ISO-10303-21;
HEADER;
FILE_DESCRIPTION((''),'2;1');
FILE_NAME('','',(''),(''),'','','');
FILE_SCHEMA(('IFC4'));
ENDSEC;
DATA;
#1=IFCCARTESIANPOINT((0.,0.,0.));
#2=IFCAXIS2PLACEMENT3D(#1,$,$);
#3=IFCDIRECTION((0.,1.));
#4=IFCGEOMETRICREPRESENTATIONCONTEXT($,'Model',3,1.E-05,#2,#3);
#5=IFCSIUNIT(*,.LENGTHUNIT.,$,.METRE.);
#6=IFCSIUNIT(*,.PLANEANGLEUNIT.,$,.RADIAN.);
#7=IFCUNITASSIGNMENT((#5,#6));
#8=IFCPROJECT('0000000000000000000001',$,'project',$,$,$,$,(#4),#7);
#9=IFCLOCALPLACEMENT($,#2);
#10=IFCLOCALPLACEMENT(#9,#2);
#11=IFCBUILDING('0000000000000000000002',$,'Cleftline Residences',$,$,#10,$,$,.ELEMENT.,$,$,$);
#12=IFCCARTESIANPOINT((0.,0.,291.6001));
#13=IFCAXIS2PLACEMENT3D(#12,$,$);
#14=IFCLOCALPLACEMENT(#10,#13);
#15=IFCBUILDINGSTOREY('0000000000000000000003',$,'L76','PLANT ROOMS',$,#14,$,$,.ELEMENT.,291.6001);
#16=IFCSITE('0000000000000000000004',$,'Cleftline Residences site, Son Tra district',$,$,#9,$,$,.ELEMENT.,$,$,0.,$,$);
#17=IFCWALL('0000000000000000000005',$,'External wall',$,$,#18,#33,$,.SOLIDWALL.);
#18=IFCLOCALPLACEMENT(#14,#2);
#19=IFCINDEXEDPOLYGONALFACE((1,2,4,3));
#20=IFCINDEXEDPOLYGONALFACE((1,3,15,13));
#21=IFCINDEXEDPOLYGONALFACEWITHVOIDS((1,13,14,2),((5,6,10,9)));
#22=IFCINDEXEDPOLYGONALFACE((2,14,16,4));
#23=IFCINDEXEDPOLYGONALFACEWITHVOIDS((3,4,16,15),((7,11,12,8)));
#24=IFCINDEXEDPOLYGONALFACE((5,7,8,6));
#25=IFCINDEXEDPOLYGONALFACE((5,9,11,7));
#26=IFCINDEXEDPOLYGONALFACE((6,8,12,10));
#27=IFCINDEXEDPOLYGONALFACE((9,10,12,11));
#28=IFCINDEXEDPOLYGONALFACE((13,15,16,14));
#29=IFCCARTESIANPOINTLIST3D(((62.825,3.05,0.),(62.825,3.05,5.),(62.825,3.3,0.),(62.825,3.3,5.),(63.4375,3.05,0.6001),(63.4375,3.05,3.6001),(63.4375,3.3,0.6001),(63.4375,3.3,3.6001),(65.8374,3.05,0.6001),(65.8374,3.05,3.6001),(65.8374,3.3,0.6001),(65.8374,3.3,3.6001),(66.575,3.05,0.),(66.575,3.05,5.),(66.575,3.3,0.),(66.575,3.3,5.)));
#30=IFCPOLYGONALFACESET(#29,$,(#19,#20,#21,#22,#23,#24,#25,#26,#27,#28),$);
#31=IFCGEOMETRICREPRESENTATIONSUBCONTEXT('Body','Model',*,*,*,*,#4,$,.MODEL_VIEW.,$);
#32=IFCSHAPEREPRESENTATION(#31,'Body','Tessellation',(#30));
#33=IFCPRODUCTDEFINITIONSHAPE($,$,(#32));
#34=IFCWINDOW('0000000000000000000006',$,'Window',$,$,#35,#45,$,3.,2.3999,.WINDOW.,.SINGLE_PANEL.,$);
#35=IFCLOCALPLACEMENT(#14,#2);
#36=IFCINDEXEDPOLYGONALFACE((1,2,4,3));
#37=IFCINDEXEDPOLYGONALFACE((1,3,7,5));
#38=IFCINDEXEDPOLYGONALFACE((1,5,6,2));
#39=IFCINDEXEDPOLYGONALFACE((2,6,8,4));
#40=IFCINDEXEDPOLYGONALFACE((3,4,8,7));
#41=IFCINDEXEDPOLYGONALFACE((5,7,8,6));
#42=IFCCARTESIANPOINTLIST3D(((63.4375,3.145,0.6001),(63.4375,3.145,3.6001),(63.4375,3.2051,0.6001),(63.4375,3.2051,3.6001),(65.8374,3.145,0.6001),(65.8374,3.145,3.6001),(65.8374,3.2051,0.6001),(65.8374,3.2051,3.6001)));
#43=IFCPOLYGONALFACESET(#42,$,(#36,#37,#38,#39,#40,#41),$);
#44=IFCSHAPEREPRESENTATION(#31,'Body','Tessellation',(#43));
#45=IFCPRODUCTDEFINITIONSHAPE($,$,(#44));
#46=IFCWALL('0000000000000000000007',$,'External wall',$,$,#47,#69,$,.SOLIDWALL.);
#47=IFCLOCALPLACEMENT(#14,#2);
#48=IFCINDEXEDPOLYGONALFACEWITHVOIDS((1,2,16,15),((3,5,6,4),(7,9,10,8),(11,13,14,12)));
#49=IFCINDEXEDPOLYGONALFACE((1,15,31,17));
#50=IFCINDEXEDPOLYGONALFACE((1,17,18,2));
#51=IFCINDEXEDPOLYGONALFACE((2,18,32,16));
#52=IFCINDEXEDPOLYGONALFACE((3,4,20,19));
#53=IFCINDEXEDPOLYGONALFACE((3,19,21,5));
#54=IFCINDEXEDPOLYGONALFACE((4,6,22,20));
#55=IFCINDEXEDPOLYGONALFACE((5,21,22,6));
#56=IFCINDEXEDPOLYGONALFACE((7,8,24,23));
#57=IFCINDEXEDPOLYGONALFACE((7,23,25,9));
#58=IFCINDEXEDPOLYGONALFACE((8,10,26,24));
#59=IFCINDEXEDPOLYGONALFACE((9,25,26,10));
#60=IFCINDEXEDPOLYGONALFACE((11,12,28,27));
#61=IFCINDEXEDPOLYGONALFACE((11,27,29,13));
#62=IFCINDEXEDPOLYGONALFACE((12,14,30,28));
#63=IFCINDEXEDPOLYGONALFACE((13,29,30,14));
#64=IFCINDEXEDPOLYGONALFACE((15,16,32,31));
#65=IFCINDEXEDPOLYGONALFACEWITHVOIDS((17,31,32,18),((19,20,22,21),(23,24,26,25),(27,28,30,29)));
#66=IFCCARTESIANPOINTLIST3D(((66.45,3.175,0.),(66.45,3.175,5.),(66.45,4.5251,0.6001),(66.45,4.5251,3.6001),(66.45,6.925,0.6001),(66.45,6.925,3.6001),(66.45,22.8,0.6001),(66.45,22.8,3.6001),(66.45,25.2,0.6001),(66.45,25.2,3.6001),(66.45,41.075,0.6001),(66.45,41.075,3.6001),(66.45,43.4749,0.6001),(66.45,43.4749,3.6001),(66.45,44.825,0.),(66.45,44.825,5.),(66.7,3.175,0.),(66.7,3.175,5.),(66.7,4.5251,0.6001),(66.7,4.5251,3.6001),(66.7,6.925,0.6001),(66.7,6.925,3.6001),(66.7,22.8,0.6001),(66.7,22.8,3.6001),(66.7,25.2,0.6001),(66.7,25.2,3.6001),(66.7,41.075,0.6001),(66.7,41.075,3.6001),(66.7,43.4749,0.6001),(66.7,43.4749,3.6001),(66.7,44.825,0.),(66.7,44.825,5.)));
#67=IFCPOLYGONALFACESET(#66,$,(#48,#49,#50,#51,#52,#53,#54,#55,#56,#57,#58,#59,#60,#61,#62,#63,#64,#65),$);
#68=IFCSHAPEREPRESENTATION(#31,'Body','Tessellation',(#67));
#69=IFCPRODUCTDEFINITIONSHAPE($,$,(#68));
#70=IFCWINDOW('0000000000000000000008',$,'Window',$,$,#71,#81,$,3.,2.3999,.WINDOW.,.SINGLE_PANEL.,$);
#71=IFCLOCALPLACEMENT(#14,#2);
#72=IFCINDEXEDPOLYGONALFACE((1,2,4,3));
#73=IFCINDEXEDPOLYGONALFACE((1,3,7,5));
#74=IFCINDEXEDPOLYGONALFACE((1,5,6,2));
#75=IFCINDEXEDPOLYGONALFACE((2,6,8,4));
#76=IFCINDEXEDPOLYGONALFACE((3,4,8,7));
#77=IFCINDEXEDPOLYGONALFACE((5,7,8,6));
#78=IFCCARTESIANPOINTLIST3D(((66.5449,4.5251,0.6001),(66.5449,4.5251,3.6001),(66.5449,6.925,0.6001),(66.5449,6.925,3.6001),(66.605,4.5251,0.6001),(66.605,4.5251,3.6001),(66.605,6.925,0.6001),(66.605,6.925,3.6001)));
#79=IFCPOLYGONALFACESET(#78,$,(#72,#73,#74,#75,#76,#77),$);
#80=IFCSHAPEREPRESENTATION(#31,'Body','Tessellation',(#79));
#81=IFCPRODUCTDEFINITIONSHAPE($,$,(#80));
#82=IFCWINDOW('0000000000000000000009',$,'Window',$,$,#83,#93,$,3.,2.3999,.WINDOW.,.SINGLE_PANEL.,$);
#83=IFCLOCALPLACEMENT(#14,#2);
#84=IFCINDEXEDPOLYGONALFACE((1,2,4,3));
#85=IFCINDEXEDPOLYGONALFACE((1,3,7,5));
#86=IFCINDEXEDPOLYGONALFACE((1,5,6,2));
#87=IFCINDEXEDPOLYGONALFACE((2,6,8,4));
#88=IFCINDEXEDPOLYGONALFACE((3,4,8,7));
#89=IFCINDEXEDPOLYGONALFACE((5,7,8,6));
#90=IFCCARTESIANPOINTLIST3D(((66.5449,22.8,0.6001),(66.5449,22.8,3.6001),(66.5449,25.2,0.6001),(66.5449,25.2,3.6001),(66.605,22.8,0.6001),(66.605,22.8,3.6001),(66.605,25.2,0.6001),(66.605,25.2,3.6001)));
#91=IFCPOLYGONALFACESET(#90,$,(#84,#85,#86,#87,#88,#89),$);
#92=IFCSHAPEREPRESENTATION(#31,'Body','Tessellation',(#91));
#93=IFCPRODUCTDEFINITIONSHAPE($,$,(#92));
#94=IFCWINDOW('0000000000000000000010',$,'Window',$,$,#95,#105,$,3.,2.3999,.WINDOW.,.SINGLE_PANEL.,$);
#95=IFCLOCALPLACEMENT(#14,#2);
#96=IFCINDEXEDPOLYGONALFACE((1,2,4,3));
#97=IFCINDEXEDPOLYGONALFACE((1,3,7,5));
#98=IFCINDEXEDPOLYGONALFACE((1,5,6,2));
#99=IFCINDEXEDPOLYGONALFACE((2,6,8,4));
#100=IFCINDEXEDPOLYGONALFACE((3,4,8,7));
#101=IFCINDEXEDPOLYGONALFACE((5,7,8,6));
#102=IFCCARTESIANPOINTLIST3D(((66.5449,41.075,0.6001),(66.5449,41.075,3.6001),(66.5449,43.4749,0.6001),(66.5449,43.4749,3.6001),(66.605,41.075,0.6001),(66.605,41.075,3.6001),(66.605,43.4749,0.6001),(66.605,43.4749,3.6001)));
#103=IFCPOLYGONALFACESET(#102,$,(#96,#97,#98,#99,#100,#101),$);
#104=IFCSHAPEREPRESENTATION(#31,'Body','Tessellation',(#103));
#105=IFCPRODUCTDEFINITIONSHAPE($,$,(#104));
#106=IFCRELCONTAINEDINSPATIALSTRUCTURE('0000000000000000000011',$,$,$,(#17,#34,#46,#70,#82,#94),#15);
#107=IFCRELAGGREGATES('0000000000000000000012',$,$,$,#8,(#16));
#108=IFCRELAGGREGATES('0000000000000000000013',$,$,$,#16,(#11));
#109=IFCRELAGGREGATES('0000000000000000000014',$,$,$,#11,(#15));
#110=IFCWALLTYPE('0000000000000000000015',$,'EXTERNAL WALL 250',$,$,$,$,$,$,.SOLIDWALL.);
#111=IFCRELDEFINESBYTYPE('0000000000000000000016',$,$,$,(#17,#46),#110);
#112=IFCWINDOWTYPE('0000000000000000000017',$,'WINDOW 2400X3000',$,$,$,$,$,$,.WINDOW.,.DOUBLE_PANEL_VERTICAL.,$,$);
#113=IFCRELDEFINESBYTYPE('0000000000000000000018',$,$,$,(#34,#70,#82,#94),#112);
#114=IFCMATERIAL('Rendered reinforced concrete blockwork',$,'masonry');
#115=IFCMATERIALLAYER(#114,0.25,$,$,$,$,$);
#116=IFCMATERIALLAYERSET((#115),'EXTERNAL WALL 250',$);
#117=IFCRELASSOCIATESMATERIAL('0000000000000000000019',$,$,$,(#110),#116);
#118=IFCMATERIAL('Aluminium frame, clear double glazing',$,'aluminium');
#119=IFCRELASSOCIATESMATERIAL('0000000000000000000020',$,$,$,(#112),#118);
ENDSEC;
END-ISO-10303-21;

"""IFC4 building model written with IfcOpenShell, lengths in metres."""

from ifc_helpers import new_model, si_unit, direction, frame, frame_2d, origin, place, context, subcontext, project, spatial, rectangle, extrude, material, layer, layer_set, type_object, element, fill, save


model = new_model("IFC4")

# Units and contexts
model_context = context("Model", 3, precision=1e-05, world=origin(), true_north=direction((0.0, 1.0)))
body_context = subcontext(model_context, "Body", "Model", "MODEL_VIEW")
ifc_project = project(units=[si_unit("LENGTHUNIT", "METRE"), si_unit("PLANEANGLEUNIT", "RADIAN")], contexts=[model_context])

# Site, building, storey
site_placement = place(None, origin())
site = spatial("IfcSite", under=ifc_project, at=site_placement, Name="Cleftline Residences site, Son Tra district", CompositionType="ELEMENT", RefElevation=0.0)
building_placement = place(site_placement, origin())
building = spatial("IfcBuilding", under=site, at=building_placement, Name="Cleftline Residences", CompositionType="ELEMENT")
storey_placement = place(building_placement, frame((0.0, 0.0, 291.6001)))
storey = spatial("IfcBuildingStorey", under=building, at=storey_placement, Name="L76", Description="PLANT ROOMS", CompositionType="ELEMENT", Elevation=291.6001)

# Wall, opening, window
ifc_material_1 = material(Name="Rendered reinforced concrete blockwork", Category="masonry")
ifc_layer = layer(ifc_material_1, 0.25)
ifc_layer_set = layer_set([ifc_layer], Name="EXTERNAL WALL 250")
wall_type = type_object("IfcWallType", Name="EXTERNAL WALL 250", PredefinedType="SOLIDWALL", material=ifc_layer_set)
ifc_material_2 = material(Name="Aluminium frame, clear double glazing", Category="aluminium")
window_type = type_object("IfcWindowType", Name="WINDOW 2400X3000", PartitioningType="DOUBLE_PANEL_VERTICAL", PredefinedType="WINDOW", material=ifc_material_2)
wall_1_placement = place(storey_placement, frame((62.825, 3.175, 0.0), z_axis=(0.0, 0.0, 1.0), x_axis=(1.0, 0.0, 0.0)))
wall_1 = element("IfcWall", 1, at=wall_1_placement, inside=storey, type_object=wall_type, Name="External wall", PredefinedType="SOLIDWALL", context=body_context, shape_type="SweptSolid", body=[
    extrude(rectangle(XDim=3.75, YDim=0.25, at=frame_2d((1.875, 0.0))), origin(), (0.0, 0.0, 1.0), 5.0),
])
opening_1_placement = place(wall_1_placement, frame((0.6125, 0.0, 0.6001)))
opening_1 = element("IfcOpeningElement", 2, at=opening_1_placement, cuts=wall_1, PredefinedType="OPENING", context=body_context, shape_type="SweptSolid", body=[
    extrude(rectangle(XDim=2.3999, YDim=3.0, at=frame_2d((1.2, 1.5))), frame((0.0, 0.135, 0.0), z_axis=(0.0, -1.0, 0.0), x_axis=(1.0, 0.0, 0.0)), (0.0, 0.0, 1.0), 0.27),
])
window_1_placement = place(opening_1_placement, origin())
window_1 = element("IfcWindow", 3, at=window_1_placement, inside=storey, type_object=window_type, Name="Window", OverallHeight=3.0, OverallWidth=2.3999, PartitioningType="SINGLE_PANEL", PredefinedType="WINDOW", context=body_context, shape_type="SweptSolid", body=[
    extrude(rectangle(XDim=2.3999, YDim=3.0, at=frame_2d((1.2, 1.5))), frame((0.0, 0.03, 0.0), z_axis=(0.0, -1.0, 0.0), x_axis=(1.0, 0.0, 0.0)), (0.0, 0.0, 1.0), 0.0601),
])
fill(opening_1, window_1)

# Wall, openings, windows
wall_2_placement = place(storey_placement, frame((66.575, 3.175, 0.0), z_axis=(0.0, 0.0, 1.0), x_axis=(0.0, 1.0, 0.0)))
wall_2 = element("IfcWall", 4, at=wall_2_placement, inside=storey, type_object=wall_type, Name="External wall", PredefinedType="SOLIDWALL", context=body_context, shape_type="SweptSolid", body=[
    extrude(rectangle(XDim=41.6499, YDim=0.25, at=frame_2d((20.825, 0.0))), origin(), (0.0, 0.0, 1.0), 5.0),
])
opening_2_placement = place(wall_2_placement, frame((1.3501, 0.0, 0.6001)))
opening_2 = element("IfcOpeningElement", 5, at=opening_2_placement, cuts=wall_2, PredefinedType="OPENING", context=body_context, shape_type="SweptSolid", body=[
    extrude(rectangle(XDim=2.3999, YDim=3.0, at=frame_2d((1.2, 1.5))), frame((0.0, 0.135, 0.0), z_axis=(0.0, -1.0, 0.0), x_axis=(1.0, 0.0, 0.0)), (0.0, 0.0, 1.0), 0.27),
])
opening_3_placement = place(wall_2_placement, frame((19.625, 0.0, 0.6001)))
opening_3 = element("IfcOpeningElement", 6, at=opening_3_placement, cuts=wall_2, PredefinedType="OPENING", context=body_context, shape_type="SweptSolid", body=[
    extrude(rectangle(XDim=2.3999, YDim=3.0, at=frame_2d((1.2, 1.5))), frame((0.0, 0.135, 0.0), z_axis=(0.0, -1.0, 0.0), x_axis=(1.0, 0.0, 0.0)), (0.0, 0.0, 1.0), 0.27),
])
opening_4_placement = place(wall_2_placement, frame((37.8999, 0.0, 0.6001)))
opening_4 = element("IfcOpeningElement", 7, at=opening_4_placement, cuts=wall_2, PredefinedType="OPENING", context=body_context, shape_type="SweptSolid", body=[
    extrude(rectangle(XDim=2.3999, YDim=3.0, at=frame_2d((1.2, 1.5))), frame((0.0, 0.135, 0.0), z_axis=(0.0, -1.0, 0.0), x_axis=(1.0, 0.0, 0.0)), (0.0, 0.0, 1.0), 0.27),
])
window_2_placement = place(opening_2_placement, origin())
window_2 = element("IfcWindow", 8, at=window_2_placement, inside=storey, type_object=window_type, Name="Window", OverallHeight=3.0, OverallWidth=2.3999, PartitioningType="SINGLE_PANEL", PredefinedType="WINDOW", context=body_context, shape_type="SweptSolid", body=[
    extrude(rectangle(XDim=2.3999, YDim=3.0, at=frame_2d((1.2, 1.5))), frame((0.0, 0.03, 0.0), z_axis=(0.0, -1.0, 0.0), x_axis=(1.0, 0.0, 0.0)), (0.0, 0.0, 1.0), 0.0601),
])
fill(opening_2, window_2)
window_3_placement = place(opening_3_placement, origin())
window_3 = element("IfcWindow", 9, at=window_3_placement, inside=storey, type_object=window_type, Name="Window", OverallHeight=3.0, OverallWidth=2.3999, PartitioningType="SINGLE_PANEL", PredefinedType="WINDOW", context=body_context, shape_type="SweptSolid", body=[
    extrude(rectangle(XDim=2.3999, YDim=3.0, at=frame_2d((1.2, 1.5))), frame((0.0, 0.03, 0.0), z_axis=(0.0, -1.0, 0.0), x_axis=(1.0, 0.0, 0.0)), (0.0, 0.0, 1.0), 0.0601),
])
fill(opening_3, window_3)
window_4_placement = place(opening_4_placement, origin())
window_4 = element("IfcWindow", 10, at=window_4_placement, inside=storey, type_object=window_type, Name="Window", OverallHeight=3.0, OverallWidth=2.3999, PartitioningType="SINGLE_PANEL", PredefinedType="WINDOW", context=body_context, shape_type="SweptSolid", body=[
    extrude(rectangle(XDim=2.3999, YDim=3.0, at=frame_2d((1.2, 1.5))), frame((0.0, 0.03, 0.0), z_axis=(0.0, -1.0, 0.0), x_axis=(1.0, 0.0, 0.0)), (0.0, 0.0, 1.0), 0.0601),
])
fill(opening_4, window_4)

save(model, "model.ifc")
